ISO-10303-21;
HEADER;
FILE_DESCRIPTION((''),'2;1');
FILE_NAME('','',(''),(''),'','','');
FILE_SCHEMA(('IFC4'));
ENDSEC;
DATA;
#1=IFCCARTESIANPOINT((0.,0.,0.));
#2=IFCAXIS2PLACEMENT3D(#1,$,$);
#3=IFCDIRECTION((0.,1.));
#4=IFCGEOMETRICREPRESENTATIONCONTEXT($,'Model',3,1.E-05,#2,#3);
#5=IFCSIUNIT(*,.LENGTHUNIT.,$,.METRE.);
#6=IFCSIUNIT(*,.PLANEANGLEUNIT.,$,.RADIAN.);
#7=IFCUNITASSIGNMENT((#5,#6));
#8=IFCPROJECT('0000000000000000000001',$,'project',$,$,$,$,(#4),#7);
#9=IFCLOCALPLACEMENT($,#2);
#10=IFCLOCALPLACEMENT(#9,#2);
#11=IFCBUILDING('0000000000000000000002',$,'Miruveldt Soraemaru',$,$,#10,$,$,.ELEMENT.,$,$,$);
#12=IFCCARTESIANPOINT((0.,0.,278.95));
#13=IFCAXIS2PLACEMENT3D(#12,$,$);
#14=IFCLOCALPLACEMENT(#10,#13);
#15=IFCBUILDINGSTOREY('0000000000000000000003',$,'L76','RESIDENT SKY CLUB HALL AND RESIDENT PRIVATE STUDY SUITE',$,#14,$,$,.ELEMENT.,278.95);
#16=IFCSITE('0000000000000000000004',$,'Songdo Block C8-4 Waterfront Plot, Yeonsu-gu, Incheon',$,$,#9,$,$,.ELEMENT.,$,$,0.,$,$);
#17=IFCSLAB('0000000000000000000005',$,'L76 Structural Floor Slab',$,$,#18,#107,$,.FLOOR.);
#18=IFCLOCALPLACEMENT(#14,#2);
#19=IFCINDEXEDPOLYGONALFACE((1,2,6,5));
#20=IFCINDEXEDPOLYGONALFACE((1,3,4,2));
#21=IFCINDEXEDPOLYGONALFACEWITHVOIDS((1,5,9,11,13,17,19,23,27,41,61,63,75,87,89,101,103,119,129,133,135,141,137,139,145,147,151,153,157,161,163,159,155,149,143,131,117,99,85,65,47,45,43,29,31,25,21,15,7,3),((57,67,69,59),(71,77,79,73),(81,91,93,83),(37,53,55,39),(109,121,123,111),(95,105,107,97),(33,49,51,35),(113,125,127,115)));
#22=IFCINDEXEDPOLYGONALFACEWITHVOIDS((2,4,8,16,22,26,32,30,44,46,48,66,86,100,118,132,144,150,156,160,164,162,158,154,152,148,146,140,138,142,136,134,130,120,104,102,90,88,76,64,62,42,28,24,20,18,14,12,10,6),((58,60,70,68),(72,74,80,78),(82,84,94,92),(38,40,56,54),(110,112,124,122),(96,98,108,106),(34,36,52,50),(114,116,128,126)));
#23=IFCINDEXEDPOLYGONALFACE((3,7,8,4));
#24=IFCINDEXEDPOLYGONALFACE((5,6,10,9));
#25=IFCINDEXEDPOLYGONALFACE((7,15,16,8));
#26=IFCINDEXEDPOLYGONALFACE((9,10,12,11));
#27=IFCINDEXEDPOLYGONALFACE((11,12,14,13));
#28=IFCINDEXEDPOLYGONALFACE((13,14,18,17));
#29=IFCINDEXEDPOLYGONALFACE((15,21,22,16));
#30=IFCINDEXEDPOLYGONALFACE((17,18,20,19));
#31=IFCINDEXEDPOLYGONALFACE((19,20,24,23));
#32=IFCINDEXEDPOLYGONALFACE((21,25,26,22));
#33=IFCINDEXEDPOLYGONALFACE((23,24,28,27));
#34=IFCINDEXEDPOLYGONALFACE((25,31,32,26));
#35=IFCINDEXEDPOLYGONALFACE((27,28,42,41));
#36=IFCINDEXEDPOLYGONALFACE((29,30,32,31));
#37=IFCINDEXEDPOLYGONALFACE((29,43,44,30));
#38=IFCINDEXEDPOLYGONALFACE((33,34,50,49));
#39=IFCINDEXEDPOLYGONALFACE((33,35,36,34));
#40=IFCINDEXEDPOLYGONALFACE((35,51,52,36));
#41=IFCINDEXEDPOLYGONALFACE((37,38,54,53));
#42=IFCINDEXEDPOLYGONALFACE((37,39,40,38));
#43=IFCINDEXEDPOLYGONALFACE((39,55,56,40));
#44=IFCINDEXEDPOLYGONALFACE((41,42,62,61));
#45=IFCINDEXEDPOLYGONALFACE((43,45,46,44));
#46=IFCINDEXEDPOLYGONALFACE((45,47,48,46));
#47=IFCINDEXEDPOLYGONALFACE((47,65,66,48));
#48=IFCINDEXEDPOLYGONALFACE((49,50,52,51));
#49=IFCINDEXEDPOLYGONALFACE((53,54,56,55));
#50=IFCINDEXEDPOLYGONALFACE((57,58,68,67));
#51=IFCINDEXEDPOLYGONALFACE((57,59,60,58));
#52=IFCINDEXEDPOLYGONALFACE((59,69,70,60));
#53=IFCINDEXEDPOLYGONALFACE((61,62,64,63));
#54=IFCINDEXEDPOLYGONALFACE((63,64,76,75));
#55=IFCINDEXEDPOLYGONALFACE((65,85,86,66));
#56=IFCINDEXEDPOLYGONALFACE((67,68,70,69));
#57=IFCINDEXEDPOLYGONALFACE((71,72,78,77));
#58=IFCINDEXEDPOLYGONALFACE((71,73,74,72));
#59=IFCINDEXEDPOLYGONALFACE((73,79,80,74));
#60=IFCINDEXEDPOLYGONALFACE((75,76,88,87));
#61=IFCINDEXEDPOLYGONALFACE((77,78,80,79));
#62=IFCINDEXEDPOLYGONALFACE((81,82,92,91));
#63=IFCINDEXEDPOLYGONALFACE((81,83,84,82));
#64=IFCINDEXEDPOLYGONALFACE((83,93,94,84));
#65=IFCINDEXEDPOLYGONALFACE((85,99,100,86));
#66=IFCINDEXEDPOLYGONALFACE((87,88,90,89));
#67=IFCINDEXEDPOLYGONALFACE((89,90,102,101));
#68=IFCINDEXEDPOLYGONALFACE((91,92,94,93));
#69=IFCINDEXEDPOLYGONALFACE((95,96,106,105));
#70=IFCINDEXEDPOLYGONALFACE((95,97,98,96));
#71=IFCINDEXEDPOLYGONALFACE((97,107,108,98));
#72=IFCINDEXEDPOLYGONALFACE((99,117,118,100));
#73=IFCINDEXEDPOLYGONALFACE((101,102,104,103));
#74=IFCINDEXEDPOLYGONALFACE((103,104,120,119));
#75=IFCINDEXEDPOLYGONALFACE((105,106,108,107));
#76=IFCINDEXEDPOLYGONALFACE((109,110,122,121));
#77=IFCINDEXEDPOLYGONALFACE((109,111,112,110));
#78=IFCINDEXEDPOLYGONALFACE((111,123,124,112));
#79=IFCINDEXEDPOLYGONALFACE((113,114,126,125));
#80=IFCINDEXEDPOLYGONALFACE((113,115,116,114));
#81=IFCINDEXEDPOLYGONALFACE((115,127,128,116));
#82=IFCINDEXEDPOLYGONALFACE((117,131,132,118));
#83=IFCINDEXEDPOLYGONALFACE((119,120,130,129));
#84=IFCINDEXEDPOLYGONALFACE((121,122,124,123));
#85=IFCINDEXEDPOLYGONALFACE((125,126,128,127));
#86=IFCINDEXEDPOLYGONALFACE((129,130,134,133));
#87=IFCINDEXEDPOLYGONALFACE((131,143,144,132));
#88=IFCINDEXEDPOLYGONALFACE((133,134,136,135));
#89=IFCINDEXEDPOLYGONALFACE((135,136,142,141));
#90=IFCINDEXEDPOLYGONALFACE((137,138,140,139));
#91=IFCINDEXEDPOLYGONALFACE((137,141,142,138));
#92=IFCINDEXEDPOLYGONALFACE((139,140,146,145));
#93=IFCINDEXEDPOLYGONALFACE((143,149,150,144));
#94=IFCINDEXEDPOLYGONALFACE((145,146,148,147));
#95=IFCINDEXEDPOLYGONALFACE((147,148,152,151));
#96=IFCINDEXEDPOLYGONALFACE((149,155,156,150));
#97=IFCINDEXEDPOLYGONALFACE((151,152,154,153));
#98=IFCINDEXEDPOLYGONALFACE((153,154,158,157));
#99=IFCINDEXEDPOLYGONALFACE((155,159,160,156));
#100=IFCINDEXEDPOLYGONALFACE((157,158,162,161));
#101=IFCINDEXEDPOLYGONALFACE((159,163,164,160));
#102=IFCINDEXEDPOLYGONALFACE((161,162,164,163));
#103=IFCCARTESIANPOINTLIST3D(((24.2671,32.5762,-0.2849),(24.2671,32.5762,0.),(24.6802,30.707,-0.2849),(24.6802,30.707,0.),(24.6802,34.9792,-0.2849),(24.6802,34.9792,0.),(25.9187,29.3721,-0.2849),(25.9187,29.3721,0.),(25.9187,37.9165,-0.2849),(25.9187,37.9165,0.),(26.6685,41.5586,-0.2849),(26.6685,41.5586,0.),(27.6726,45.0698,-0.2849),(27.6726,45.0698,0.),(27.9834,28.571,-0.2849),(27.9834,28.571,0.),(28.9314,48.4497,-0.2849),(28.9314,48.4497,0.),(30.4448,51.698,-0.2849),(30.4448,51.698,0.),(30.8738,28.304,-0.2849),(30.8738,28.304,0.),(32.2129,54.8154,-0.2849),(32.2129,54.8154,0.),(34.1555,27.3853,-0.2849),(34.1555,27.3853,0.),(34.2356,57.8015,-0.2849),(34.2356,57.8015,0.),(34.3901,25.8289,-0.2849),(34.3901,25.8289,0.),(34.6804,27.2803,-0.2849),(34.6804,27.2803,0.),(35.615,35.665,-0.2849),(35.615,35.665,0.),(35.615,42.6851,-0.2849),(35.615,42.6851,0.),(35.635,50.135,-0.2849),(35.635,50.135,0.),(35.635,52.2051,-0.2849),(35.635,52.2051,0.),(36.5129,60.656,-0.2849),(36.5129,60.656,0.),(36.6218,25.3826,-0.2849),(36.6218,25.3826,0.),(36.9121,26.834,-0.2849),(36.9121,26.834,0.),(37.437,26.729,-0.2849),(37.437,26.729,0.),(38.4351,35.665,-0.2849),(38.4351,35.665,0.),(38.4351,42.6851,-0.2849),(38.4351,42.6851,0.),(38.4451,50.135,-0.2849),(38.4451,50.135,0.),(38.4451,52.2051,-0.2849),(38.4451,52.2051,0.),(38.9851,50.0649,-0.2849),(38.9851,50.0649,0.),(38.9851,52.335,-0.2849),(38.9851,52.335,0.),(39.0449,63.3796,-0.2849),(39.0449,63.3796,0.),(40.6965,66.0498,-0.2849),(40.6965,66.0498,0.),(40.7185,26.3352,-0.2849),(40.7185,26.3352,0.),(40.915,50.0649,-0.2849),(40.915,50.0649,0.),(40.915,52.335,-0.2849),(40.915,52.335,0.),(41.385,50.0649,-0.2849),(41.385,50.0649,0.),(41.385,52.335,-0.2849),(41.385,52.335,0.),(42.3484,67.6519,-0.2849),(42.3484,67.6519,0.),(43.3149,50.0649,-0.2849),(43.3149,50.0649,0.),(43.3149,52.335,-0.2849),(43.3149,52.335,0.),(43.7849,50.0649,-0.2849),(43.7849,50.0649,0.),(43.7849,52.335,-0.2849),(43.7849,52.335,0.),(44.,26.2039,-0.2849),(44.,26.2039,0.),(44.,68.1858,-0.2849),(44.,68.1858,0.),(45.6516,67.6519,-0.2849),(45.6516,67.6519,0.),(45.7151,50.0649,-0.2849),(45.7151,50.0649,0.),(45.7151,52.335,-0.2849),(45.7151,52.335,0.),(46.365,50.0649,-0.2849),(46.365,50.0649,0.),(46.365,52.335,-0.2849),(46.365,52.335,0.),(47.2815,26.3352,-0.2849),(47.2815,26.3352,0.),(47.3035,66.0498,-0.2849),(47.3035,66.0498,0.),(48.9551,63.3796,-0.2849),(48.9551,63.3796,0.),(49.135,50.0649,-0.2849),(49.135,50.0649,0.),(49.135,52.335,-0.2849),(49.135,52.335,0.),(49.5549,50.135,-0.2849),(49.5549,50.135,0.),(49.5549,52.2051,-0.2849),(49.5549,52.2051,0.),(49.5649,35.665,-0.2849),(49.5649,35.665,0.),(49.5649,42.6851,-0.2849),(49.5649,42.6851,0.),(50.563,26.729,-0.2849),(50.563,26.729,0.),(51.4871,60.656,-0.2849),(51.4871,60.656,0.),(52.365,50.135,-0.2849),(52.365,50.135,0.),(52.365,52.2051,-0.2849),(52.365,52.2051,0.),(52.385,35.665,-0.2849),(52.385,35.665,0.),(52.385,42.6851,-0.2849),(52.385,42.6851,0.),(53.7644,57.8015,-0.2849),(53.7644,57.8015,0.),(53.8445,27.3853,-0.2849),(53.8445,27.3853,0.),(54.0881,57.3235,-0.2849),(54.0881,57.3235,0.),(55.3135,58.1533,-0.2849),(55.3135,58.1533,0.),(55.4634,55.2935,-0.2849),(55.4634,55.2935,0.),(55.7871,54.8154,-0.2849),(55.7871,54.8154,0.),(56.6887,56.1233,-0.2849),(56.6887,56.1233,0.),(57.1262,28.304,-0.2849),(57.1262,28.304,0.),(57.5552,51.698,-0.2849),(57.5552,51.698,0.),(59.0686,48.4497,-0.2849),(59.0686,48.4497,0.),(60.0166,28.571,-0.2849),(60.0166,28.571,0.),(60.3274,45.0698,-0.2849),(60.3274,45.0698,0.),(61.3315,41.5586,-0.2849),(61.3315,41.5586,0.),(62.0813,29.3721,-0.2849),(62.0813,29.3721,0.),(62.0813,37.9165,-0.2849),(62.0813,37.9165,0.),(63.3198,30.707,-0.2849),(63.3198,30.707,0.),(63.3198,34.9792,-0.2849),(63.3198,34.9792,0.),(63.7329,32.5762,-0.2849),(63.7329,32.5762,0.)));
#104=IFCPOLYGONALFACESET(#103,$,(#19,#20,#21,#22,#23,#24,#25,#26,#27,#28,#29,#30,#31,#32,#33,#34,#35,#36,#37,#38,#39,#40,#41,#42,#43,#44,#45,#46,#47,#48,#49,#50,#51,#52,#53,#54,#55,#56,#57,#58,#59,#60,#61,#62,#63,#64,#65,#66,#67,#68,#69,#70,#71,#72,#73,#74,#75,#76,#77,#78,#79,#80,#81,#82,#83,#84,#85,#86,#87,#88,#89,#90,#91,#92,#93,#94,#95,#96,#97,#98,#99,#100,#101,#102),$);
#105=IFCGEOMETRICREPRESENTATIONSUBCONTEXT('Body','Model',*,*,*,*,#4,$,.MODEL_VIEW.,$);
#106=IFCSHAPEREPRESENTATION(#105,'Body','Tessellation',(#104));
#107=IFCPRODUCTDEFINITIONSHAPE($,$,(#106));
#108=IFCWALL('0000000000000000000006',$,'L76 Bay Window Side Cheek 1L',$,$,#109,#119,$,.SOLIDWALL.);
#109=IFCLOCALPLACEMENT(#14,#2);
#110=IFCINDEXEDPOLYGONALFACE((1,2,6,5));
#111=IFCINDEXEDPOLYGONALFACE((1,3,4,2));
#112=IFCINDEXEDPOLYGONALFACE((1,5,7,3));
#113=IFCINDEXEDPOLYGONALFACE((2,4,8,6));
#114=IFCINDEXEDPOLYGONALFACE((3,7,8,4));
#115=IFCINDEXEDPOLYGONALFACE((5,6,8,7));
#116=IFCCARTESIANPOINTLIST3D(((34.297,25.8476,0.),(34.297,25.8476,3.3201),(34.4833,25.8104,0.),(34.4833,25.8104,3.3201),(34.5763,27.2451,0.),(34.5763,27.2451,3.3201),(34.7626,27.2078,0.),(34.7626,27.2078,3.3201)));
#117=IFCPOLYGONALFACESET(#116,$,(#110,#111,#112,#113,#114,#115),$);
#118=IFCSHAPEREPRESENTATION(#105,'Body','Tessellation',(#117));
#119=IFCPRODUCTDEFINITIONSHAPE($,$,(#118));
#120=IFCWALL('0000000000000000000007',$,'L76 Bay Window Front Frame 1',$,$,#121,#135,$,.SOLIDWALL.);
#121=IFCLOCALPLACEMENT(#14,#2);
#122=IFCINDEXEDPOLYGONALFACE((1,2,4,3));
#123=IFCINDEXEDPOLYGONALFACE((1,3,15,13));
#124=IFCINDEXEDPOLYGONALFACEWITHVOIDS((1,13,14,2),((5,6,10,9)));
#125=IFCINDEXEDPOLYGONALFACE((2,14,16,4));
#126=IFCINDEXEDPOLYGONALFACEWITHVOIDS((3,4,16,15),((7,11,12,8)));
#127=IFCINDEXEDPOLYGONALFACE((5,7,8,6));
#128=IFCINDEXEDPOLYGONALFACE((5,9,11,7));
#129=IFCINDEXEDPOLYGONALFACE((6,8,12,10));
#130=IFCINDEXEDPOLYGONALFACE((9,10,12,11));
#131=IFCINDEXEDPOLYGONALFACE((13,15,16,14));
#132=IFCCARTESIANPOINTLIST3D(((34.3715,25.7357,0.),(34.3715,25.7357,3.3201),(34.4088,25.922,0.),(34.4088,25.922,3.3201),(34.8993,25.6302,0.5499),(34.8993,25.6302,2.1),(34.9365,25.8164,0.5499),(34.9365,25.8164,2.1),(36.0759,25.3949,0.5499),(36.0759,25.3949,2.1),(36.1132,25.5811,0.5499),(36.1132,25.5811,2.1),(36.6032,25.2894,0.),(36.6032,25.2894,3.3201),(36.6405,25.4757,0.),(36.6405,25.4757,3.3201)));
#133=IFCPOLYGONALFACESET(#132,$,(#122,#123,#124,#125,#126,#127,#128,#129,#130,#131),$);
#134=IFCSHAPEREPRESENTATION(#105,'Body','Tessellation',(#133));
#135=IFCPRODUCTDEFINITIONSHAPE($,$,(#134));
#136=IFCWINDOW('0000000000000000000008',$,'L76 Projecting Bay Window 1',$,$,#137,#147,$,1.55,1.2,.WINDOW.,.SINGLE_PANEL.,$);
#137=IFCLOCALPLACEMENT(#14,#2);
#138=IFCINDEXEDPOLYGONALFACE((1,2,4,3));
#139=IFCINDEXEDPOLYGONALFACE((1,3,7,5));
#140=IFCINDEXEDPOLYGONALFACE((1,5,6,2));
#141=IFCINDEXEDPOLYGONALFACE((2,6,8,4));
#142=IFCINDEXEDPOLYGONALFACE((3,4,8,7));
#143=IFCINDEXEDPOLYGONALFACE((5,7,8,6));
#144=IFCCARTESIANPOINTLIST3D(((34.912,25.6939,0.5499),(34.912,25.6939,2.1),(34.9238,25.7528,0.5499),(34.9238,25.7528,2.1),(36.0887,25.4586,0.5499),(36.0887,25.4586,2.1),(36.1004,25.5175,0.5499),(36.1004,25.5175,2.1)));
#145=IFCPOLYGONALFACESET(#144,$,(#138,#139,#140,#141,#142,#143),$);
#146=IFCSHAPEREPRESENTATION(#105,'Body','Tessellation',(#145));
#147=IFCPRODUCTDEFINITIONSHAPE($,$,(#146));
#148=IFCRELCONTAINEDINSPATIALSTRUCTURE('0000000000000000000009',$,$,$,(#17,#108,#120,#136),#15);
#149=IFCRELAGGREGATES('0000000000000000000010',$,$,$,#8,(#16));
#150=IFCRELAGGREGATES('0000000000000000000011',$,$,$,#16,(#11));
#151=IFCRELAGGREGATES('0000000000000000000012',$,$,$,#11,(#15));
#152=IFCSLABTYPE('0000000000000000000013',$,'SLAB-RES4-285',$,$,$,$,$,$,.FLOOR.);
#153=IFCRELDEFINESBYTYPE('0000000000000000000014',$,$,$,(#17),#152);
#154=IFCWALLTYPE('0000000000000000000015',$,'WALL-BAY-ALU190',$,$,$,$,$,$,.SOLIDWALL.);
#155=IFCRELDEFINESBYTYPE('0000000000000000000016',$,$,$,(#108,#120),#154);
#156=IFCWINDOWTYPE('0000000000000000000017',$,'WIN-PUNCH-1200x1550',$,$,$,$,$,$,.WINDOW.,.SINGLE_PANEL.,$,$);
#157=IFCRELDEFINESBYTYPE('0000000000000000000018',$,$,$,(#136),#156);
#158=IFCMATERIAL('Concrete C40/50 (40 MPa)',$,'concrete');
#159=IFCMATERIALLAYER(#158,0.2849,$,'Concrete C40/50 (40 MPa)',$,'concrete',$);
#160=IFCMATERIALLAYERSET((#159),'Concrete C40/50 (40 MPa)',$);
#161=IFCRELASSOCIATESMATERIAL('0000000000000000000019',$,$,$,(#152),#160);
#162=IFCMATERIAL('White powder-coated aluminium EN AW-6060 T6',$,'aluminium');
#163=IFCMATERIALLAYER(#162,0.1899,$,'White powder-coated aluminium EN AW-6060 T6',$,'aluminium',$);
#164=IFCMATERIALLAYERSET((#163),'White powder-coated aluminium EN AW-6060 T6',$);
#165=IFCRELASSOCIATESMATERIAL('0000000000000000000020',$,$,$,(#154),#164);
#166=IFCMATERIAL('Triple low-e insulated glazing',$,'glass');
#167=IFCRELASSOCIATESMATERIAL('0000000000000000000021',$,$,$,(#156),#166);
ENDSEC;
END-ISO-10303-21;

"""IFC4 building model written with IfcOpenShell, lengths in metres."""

from ifc_helpers import new_model, si_unit, direction, frame, frame_2d, origin, place, context, subcontext, project, spatial, polyline, rectangle, outline, extrude, material, layer, layer_set, type_object, element, fill, save


model = new_model("IFC4")

# Units and contexts
model_context = context("Model", 3, precision=1e-05, world=origin(), true_north=direction((0.0, 1.0)))
body_context = subcontext(model_context, "Body", "Model", "MODEL_VIEW")
ifc_project = project(units=[si_unit("LENGTHUNIT", "METRE"), si_unit("PLANEANGLEUNIT", "RADIAN")], contexts=[model_context])

# Site, building, storey
site_placement = place(None, origin())
site = spatial("IfcSite", under=ifc_project, at=site_placement, Name="Songdo Block C8-4 Waterfront Plot, Yeonsu-gu, Incheon", CompositionType="ELEMENT", RefElevation=0.0)
building_placement = place(site_placement, origin())
building = spatial("IfcBuilding", under=site, at=building_placement, Name="Miruveldt Soraemaru", CompositionType="ELEMENT")
storey_placement = place(building_placement, frame((0.0, 0.0, 278.95)))
storey = spatial("IfcBuildingStorey", under=building, at=storey_placement, Name="L76", Description="RESIDENT SKY CLUB HALL AND RESIDENT PRIVATE STUDY SUITE", CompositionType="ELEMENT", Elevation=278.95)

# Shared definitions
ifc_material_1 = material(Name="Concrete C40/50 (40 MPa)", Category="concrete")

# Slab
ifc_layer_1 = layer(ifc_material_1, 0.2849, Name="Concrete C40/50 (40 MPa)", Category="concrete")
ifc_layer_set_1 = layer_set([ifc_layer_1], Name="Concrete C40/50 (40 MPa)")
slab_type_1 = type_object("IfcSlabType", Name="SLAB-RES4-285", PredefinedType="FLOOR", material=ifc_layer_set_1)
slab_1_placement = place(storey_placement, frame((0.0, 0.0, -0.2849)))
element("IfcSlab", 1, at=slab_1_placement, inside=storey, type_object=slab_type_1, Name="L76 Structural Floor Slab", PredefinedType="FLOOR", context=body_context, shape_type="SweptSolid", body=[
    extrude(outline(polyline([(34.1555, 27.3853), (30.8738, 28.304), (27.9834, 28.571), (25.9187, 29.3721), (24.6802, 30.707), (24.2671, 32.5762), (24.6802, 34.9792), (25.9187, 37.9165), (26.6685, 41.5586), (27.6726, 45.0698), (28.9314, 48.4497), (30.4448, 51.698), (32.2129, 54.8154), (34.2356, 57.8015), (36.5129, 60.656), (39.0449, 63.3796), (40.6965, 66.0498), (42.3484, 67.6519), (44.0, 68.1858), (45.6516, 67.6519), (47.3035, 66.0498), (48.9551, 63.3796), (51.4871, 60.656), (53.7644, 57.8015), (54.7756, 56.3083), (54.0881, 57.3235), (55.3135, 58.1533), (56.6887, 56.1233), (55.4634, 55.2935), (55.7871, 54.8154), (57.5552, 51.698), (59.0686, 48.4497), (60.3274, 45.0698), (61.3315, 41.5586), (62.0813, 37.9165), (63.3198, 34.9792), (63.7329, 32.5762), (63.3198, 30.707), (62.0813, 29.3721), (60.0166, 28.571), (57.1262, 28.304), (53.8445, 27.3853), (50.563, 26.729), (47.2815, 26.3352), (44.0, 26.2039), (40.7185, 26.3352), (37.437, 26.729), (36.9121, 26.834), (36.6218, 25.3826), (34.3901, 25.8289), (34.6804, 27.2803), (35.7961, 27.0571), (34.1555, 27.3853)]), holes=[polyline([(35.615, 35.665), (38.4351, 35.665), (38.4351, 42.6851), (35.615, 42.6851), (35.615, 35.665)]), polyline([(49.5649, 35.665), (52.385, 35.665), (52.385, 42.6851), (49.5649, 42.6851), (49.5649, 35.665)]), polyline([(38.4451, 50.135), (38.4451, 52.2051), (35.635, 52.2051), (35.635, 50.135), (38.4451, 50.135)]), polyline([(52.365, 50.135), (52.365, 52.2051), (49.5549, 52.2051), (49.5549, 50.135), (52.365, 50.135)]), polyline([(40.915, 50.0649), (40.915, 52.335), (38.9851, 52.335), (38.9851, 50.0649), (40.915, 50.0649)]), polyline([(43.3149, 50.0649), (43.3149, 52.335), (41.385, 52.335), (41.385, 50.0649), (43.3149, 50.0649)]), polyline([(45.7151, 50.0649), (45.7151, 52.335), (43.7849, 52.335), (43.7849, 50.0649), (45.7151, 50.0649)]), polyline([(49.135, 50.0649), (49.135, 52.335), (46.365, 52.335), (46.365, 50.0649), (49.135, 50.0649)])]), origin(), (0.0, 0.0, 1.0), 0.2849),
])

# Wall
ifc_material_2 = material(Name="White powder-coated aluminium EN AW-6060 T6", Category="aluminium")
ifc_layer_2 = layer(ifc_material_2, 0.1899, Name="White powder-coated aluminium EN AW-6060 T6", Category="aluminium")
ifc_layer_set_2 = layer_set([ifc_layer_2], Name="White powder-coated aluminium EN AW-6060 T6")
wall_type_1 = type_object("IfcWallType", Name="WALL-BAY-ALU190", PredefinedType="SOLIDWALL", material=ifc_layer_set_2)
wall_1_placement = place(storey_placement, frame((34.6694, 27.2263, 0.0), z_axis=(0.0, 0.0, 1.0), x_axis=(-0.195984, -0.980607, 0.0)))
element("IfcWall", 2, at=wall_1_placement, inside=storey, type_object=wall_type_1, Name="L76 Bay Window Side Cheek 1L", PredefinedType="SOLIDWALL", context=body_context, shape_type="SweptSolid", body=[
    extrude(rectangle(XDim=1.425, YDim=0.1899, at=frame_2d((0.7124, 0.0))), origin(), (0.0, 0.0, 1.0), 3.3201),
])

# Wall, opening, window
wall_2_placement = place(storey_placement, frame((34.3901, 25.8289, 0.0), z_axis=(0.0, 0.0, 1.0), x_axis=(0.980585, -0.196096, 0.0)))
wall_2 = element("IfcWall", 3, at=wall_2_placement, inside=storey, type_object=wall_type_1, Name="L76 Bay Window Front Frame 1", PredefinedType="SOLIDWALL", context=body_context, shape_type="SweptSolid", body=[
    extrude(rectangle(XDim=2.2759, YDim=0.1899, at=frame_2d((1.1379, 0.0))), origin(), (0.0, 0.0, 1.0), 3.3201),
])
opening_1_placement = place(wall_2_placement, frame((0.5381, 0.0, 0.55)))
opening_1 = element("IfcOpeningElement", 4, at=opening_1_placement, cuts=wall_2, PredefinedType="OPENING", context=body_context, shape_type="SweptSolid", body=[
    extrude(rectangle(XDim=1.2, YDim=1.55, at=frame_2d((0.6001, 0.7749))), frame((0.0, 0.105, 0.0), z_axis=(0.0, -1.0, 0.0), x_axis=(1.0, 0.0, 0.0)), (0.0, 0.0, 1.0), 0.21),
])
ifc_material_3 = material(Name="Triple low-e insulated glazing", Category="glass")
window_type_1 = type_object("IfcWindowType", Name="WIN-PUNCH-1200x1550", PartitioningType="SINGLE_PANEL", PredefinedType="WINDOW", material=ifc_material_3)
window_1_placement = place(opening_1_placement, origin())
window_1 = element("IfcWindow", 5, at=window_1_placement, inside=storey, type_object=window_type_1, Name="L76 Projecting Bay Window 1", OverallHeight=1.55, OverallWidth=1.2, PartitioningType="SINGLE_PANEL", PredefinedType="WINDOW", context=body_context, shape_type="SweptSolid", body=[
    extrude(rectangle(XDim=1.2, YDim=1.55, at=frame_2d((0.6001, 0.7749))), frame((0.0, 0.03, 0.0), z_axis=(0.0, -1.0, 0.0), x_axis=(1.0, 0.0, 0.0)), (0.0, 0.0, 1.0), 0.0601),
])
fill(opening_1, window_1)

save(model, "model.ifc")
